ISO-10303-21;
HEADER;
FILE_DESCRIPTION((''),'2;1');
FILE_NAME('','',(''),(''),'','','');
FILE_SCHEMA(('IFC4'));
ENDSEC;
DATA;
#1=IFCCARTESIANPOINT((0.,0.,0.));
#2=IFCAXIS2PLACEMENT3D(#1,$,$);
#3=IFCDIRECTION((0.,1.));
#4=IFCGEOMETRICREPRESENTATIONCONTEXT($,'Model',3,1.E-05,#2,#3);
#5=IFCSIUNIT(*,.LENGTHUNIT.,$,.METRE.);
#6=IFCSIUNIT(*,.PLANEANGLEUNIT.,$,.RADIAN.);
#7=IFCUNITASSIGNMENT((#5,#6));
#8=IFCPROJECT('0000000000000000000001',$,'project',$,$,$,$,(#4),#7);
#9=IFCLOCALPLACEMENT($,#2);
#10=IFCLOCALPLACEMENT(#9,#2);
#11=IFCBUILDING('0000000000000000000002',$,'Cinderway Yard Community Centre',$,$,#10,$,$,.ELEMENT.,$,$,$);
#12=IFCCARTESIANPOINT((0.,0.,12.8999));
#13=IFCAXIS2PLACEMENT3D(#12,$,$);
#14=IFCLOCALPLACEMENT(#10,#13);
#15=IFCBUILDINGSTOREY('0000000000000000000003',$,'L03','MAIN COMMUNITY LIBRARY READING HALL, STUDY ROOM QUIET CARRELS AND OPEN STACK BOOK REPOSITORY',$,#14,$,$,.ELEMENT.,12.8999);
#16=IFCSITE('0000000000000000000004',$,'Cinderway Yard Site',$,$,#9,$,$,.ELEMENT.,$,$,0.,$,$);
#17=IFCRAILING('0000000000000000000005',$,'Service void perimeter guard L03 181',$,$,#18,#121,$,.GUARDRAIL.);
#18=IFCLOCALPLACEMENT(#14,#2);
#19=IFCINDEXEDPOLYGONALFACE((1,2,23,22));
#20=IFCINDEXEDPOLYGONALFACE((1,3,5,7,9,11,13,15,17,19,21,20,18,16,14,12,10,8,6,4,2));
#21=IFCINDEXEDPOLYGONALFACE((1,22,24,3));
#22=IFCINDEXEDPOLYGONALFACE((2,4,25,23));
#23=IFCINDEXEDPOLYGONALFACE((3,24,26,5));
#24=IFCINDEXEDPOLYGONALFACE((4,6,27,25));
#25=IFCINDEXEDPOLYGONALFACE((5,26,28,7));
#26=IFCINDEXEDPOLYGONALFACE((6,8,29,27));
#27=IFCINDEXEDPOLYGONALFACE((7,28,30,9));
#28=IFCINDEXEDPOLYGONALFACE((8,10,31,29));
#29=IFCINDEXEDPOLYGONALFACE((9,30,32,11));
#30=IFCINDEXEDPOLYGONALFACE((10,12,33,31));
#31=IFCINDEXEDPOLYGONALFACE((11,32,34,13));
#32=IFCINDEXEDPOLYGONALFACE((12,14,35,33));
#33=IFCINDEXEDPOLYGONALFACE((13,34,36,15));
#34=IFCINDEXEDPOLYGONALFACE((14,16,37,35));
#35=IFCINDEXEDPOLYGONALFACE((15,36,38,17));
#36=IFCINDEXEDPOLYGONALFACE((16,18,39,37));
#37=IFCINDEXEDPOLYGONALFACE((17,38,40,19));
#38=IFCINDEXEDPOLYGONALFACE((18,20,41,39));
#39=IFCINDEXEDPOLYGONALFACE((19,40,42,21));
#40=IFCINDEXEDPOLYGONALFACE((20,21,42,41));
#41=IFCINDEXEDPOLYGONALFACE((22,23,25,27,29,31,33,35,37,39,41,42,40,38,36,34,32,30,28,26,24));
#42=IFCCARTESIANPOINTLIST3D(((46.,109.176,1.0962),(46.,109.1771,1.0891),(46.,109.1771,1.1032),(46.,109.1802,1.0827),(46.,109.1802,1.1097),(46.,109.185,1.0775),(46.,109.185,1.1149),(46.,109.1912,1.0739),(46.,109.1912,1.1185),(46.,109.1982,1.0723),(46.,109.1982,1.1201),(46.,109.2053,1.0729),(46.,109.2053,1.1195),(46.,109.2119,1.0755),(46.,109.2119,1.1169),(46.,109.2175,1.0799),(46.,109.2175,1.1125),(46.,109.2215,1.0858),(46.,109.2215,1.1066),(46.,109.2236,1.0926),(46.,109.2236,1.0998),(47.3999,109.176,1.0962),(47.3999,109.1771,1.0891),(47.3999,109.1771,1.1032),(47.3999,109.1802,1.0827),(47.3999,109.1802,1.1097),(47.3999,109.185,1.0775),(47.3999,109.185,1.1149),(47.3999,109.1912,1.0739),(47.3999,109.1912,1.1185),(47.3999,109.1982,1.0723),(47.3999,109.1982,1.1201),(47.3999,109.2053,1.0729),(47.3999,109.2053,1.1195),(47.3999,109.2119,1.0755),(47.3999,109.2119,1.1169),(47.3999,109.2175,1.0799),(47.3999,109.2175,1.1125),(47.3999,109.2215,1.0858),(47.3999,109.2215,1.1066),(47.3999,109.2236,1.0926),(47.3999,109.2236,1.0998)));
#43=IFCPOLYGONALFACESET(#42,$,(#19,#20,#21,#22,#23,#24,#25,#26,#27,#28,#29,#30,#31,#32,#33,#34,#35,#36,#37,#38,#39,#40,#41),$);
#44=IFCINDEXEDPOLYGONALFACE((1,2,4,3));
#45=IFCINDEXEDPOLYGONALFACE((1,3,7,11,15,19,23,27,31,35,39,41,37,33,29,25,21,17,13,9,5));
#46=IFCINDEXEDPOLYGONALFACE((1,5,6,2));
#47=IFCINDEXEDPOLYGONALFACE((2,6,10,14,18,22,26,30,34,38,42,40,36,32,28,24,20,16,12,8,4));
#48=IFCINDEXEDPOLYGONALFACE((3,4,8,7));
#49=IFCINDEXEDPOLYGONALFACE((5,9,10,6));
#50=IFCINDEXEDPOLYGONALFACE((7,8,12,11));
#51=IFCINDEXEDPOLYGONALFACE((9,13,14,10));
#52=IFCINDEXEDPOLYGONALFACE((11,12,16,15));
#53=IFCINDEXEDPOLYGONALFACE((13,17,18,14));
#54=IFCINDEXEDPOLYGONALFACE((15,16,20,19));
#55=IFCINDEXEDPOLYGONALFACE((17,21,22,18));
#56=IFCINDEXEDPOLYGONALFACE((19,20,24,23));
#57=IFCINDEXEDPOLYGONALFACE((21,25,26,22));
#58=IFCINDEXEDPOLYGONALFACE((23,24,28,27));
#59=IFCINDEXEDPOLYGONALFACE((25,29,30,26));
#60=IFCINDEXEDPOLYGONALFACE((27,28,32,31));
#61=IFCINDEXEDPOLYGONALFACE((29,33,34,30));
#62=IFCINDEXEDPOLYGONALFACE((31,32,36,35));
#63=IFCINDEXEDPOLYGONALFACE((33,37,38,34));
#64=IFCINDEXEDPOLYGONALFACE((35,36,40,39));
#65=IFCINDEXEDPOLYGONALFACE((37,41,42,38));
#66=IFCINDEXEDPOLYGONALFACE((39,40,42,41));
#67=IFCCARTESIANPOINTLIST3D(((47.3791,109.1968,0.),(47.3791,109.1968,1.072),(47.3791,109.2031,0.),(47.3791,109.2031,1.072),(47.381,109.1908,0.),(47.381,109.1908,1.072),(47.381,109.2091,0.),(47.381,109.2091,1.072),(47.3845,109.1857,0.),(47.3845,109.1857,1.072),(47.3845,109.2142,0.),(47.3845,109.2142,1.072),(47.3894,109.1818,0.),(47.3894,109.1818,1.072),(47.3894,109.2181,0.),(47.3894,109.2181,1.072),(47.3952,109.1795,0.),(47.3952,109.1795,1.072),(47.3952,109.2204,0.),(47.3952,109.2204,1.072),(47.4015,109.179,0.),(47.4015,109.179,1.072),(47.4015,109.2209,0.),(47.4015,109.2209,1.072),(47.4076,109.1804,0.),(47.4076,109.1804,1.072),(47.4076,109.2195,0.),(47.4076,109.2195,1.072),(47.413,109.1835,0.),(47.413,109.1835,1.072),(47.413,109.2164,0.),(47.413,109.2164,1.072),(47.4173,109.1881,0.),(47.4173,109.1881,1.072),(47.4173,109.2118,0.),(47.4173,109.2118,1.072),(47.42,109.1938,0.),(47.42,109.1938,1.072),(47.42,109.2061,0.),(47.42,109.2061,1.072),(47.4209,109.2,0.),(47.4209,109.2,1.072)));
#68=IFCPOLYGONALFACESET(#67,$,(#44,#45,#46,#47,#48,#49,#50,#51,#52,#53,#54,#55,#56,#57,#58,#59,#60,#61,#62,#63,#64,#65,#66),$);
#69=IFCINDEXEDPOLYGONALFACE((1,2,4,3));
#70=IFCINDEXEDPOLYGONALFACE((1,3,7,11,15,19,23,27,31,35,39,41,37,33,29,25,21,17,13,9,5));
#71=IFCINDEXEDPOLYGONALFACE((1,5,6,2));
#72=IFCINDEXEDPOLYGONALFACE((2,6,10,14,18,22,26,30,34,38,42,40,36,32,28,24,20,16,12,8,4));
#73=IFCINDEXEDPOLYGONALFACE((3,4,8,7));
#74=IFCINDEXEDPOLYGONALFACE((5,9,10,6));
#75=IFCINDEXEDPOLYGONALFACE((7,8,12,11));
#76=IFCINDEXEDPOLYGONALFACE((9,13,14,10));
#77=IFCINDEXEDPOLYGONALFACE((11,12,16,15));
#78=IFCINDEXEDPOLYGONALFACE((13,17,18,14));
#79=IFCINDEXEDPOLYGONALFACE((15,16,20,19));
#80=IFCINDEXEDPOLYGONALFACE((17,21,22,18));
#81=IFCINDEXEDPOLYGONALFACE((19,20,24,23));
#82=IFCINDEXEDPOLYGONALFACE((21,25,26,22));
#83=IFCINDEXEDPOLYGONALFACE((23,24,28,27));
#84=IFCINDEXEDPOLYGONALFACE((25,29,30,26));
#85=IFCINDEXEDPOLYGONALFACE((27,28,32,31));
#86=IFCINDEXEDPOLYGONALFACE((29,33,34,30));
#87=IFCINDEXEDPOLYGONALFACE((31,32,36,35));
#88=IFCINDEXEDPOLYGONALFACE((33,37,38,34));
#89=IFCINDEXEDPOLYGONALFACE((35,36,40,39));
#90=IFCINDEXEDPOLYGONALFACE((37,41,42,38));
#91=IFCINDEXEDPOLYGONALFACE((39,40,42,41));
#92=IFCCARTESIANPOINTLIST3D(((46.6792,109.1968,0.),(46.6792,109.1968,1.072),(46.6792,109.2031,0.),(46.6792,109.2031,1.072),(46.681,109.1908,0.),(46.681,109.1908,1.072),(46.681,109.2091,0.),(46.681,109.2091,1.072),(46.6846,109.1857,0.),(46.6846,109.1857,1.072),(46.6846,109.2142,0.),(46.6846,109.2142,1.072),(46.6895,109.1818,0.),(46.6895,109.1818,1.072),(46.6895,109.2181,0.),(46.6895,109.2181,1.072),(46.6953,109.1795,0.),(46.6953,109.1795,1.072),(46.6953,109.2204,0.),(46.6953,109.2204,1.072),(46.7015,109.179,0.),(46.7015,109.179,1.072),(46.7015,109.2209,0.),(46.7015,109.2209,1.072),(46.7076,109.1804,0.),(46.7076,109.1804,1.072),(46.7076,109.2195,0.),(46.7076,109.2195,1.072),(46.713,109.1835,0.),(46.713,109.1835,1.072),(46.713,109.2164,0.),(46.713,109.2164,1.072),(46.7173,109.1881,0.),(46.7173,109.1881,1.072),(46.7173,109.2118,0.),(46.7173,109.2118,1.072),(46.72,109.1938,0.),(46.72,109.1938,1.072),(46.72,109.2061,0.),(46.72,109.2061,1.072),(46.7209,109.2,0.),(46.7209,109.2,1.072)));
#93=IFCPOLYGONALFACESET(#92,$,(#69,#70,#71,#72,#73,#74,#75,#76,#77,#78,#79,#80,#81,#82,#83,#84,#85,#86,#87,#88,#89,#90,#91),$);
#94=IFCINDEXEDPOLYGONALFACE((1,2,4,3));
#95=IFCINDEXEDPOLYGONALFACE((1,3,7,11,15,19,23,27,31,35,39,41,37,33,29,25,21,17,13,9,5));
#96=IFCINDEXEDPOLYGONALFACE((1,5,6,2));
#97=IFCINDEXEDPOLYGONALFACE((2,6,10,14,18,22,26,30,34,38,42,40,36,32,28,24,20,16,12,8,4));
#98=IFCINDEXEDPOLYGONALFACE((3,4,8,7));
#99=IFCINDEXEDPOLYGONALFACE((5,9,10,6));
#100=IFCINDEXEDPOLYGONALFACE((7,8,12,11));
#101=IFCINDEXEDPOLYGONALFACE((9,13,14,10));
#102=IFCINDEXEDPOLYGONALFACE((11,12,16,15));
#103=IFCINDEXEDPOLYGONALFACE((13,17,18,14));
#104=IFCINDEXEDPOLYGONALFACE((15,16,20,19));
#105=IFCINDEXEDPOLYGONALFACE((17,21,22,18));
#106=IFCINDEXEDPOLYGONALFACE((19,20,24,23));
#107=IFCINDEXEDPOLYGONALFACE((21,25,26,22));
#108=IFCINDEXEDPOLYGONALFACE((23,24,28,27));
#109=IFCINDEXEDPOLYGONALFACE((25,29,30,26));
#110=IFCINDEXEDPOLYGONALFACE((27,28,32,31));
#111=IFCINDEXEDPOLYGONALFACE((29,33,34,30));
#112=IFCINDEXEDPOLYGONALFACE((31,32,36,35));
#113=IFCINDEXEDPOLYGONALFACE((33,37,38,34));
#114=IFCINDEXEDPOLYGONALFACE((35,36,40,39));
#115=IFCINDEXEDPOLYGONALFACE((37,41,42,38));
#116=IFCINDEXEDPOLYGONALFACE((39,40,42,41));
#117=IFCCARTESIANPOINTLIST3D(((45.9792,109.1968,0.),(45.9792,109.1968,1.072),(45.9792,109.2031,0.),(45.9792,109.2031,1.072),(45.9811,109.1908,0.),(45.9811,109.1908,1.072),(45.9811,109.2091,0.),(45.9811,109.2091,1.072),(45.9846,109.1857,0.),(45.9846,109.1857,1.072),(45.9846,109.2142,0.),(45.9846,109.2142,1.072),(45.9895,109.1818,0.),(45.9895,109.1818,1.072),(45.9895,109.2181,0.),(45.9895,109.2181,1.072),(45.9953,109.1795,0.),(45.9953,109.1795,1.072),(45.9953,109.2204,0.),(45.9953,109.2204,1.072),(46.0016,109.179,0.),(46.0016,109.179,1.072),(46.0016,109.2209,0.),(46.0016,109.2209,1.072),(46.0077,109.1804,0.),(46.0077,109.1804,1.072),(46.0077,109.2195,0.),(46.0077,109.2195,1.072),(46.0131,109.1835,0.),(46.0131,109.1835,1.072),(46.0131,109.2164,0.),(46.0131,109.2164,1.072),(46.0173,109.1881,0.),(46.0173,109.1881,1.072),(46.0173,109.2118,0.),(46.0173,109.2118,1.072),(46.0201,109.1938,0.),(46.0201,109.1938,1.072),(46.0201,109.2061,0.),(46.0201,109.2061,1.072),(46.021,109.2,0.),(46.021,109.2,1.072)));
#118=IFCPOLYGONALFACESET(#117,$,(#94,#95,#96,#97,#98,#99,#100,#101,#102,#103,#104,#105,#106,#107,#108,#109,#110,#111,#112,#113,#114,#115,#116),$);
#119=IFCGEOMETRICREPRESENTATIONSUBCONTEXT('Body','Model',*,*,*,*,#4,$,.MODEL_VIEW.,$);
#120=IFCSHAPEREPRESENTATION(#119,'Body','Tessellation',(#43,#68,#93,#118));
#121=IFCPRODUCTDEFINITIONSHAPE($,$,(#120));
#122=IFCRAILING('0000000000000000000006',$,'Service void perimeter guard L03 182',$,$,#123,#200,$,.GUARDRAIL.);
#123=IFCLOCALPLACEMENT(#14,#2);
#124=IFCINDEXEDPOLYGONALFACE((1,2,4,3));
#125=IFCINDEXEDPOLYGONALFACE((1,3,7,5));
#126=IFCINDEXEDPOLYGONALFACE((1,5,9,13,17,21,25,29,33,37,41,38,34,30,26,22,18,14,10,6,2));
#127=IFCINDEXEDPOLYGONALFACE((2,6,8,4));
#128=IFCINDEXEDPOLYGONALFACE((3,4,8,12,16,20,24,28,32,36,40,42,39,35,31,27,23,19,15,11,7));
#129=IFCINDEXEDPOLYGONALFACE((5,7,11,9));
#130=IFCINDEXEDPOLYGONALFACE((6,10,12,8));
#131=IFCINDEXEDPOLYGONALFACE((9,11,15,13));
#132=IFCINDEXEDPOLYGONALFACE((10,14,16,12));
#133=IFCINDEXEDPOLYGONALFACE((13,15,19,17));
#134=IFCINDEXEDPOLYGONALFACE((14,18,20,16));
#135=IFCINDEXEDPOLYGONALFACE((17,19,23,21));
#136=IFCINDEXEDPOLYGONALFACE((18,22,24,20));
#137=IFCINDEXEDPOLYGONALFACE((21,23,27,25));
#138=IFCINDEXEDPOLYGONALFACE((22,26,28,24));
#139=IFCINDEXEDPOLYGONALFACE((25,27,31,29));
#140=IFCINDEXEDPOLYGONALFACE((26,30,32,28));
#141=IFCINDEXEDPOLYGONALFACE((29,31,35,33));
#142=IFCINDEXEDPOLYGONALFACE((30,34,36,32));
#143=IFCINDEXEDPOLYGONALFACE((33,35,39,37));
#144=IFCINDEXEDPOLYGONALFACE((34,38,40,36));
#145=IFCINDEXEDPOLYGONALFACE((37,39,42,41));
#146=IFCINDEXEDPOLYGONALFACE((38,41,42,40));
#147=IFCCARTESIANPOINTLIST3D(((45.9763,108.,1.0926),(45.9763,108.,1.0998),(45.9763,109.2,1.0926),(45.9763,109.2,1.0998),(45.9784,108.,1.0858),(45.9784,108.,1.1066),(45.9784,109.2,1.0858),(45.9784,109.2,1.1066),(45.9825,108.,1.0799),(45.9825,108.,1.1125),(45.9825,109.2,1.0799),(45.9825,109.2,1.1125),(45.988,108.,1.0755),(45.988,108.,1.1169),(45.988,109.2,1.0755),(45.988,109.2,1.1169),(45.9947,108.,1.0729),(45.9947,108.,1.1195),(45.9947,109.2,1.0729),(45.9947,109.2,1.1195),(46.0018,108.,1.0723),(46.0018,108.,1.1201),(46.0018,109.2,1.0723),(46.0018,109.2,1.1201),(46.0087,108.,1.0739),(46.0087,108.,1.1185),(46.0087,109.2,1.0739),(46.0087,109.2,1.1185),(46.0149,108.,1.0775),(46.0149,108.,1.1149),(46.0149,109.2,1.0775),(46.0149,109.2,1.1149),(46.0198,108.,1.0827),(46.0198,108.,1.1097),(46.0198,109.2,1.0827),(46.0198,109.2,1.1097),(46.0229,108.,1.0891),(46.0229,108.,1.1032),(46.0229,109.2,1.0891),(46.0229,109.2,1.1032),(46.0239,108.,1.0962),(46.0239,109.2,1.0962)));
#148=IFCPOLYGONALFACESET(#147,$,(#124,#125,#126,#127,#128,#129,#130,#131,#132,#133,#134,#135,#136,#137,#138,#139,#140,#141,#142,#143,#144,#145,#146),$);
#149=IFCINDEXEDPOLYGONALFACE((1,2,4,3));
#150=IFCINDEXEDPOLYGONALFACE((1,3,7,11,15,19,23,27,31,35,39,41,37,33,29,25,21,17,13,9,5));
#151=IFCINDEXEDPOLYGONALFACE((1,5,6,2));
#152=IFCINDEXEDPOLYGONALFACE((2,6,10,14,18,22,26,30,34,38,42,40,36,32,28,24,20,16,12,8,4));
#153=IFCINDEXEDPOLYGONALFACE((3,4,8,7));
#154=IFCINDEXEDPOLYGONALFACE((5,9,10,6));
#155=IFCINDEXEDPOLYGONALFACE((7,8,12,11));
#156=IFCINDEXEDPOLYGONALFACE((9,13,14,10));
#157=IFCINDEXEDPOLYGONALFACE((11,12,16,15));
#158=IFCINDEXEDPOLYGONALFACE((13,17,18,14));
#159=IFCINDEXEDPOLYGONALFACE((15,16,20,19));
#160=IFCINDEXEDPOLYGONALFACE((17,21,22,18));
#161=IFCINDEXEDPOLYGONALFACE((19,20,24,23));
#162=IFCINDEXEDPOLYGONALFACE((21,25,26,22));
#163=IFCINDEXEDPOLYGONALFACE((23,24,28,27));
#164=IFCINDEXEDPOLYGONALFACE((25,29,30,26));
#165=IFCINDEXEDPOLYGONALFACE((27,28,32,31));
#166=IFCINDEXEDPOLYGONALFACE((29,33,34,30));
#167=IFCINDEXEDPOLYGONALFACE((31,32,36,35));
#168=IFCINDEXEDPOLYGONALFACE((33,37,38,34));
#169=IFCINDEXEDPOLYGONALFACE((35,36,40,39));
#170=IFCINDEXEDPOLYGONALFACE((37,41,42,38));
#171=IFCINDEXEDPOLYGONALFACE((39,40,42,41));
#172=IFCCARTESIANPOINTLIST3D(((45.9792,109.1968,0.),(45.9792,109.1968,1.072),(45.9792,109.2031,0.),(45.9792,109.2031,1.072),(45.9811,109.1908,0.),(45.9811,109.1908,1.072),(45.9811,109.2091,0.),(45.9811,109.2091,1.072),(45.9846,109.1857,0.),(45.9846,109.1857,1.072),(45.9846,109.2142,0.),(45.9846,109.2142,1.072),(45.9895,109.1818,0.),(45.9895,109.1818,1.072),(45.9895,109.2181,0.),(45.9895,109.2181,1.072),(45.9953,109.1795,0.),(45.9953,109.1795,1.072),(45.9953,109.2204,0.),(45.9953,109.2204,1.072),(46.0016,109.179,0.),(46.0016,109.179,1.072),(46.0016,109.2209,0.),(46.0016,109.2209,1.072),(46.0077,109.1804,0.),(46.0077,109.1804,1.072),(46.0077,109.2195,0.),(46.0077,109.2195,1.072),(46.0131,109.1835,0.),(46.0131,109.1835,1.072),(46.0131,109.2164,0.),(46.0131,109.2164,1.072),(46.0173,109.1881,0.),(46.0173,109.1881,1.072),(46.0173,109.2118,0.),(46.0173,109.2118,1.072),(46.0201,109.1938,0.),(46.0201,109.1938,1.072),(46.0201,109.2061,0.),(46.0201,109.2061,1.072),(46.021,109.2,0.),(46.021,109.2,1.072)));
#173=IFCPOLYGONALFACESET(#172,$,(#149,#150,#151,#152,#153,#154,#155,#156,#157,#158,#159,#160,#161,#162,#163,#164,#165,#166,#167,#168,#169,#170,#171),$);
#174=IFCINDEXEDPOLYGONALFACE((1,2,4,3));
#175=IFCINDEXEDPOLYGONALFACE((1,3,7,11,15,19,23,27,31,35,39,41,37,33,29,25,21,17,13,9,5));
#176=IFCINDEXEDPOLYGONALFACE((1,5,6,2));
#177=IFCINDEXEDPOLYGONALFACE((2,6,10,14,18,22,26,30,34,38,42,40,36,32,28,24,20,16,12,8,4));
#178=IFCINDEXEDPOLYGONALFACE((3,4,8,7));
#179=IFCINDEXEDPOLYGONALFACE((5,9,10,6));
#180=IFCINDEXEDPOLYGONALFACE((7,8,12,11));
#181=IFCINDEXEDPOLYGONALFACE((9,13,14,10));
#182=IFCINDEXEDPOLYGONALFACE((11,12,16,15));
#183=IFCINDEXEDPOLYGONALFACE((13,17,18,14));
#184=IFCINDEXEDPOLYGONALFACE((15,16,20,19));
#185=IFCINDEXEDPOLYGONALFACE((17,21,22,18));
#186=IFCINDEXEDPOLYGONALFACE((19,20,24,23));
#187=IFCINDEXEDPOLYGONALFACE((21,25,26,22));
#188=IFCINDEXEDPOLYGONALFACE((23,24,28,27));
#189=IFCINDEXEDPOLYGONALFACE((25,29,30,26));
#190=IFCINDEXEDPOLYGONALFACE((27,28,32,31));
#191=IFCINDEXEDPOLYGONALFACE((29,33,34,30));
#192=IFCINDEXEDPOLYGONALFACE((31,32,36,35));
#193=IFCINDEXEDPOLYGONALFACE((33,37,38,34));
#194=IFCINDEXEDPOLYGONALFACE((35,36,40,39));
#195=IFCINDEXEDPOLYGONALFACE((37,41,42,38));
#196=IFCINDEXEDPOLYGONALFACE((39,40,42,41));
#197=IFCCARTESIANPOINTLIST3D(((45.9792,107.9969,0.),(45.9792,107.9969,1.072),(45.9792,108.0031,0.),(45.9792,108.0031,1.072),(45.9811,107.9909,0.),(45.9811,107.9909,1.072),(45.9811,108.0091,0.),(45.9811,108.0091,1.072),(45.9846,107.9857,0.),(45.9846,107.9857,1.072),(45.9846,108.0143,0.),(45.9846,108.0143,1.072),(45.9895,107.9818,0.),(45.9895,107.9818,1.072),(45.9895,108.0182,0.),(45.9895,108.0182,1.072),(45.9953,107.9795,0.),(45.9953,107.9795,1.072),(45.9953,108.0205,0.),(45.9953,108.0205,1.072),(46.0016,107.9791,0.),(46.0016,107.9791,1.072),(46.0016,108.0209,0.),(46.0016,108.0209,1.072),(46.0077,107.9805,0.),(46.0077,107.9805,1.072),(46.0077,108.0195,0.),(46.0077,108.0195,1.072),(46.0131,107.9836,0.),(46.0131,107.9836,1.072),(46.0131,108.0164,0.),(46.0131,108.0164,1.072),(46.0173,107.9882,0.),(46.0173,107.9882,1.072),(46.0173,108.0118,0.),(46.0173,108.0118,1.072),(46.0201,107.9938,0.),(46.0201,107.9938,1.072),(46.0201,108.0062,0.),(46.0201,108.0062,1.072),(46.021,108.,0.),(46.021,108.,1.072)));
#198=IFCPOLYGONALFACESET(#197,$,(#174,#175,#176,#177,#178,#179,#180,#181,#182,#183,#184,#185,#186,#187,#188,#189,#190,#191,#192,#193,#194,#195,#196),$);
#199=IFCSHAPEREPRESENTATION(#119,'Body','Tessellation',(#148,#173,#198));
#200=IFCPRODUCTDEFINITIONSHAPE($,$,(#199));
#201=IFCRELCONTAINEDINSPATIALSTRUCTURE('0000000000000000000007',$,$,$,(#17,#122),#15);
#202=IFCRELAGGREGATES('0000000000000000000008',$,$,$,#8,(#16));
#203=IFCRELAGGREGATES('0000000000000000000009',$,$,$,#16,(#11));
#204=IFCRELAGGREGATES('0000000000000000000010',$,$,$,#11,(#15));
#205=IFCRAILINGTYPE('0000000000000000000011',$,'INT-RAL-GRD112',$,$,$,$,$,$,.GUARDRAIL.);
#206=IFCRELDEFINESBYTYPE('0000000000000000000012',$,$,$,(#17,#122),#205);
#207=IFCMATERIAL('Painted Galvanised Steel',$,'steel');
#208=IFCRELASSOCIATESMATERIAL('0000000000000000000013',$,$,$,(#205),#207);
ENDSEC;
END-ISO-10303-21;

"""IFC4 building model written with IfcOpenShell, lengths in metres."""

from ifc_helpers import new_model, si_unit, direction, frame, origin, origin_2d, place, context, subcontext, project, spatial, circle, extrude, material, type_object, element, save


model = new_model("IFC4")

# Units and contexts
model_context = context("Model", 3, precision=1e-05, world=origin(), true_north=direction((0.0, 1.0)))
body_context = subcontext(model_context, "Body", "Model", "MODEL_VIEW")
ifc_project = project(units=[si_unit("LENGTHUNIT", "METRE"), si_unit("PLANEANGLEUNIT", "RADIAN")], contexts=[model_context])

# Site, building, storey
site_placement = place(None, origin())
site = spatial("IfcSite", under=ifc_project, at=site_placement, Name="Cinderway Yard Site", CompositionType="ELEMENT", RefElevation=0.0)
building_placement = place(site_placement, origin())
building = spatial("IfcBuilding", under=site, at=building_placement, Name="Cinderway Yard Community Centre", CompositionType="ELEMENT")
storey_placement = place(building_placement, frame((0.0, 0.0, 12.8999)))
storey = spatial("IfcBuildingStorey", under=building, at=storey_placement, Name="L03", Description="MAIN COMMUNITY LIBRARY READING HALL, STUDY ROOM QUIET CARRELS AND OPEN STACK BOOK REPOSITORY", CompositionType="ELEMENT", Elevation=12.8999)

# Railings
ifc_material_1 = material(Name="Painted Galvanised Steel", Category="steel")
railing_type = type_object("IfcRailingType", Name="INT-RAL-GRD112", PredefinedType="GUARDRAIL", material=ifc_material_1)
railing_1_placement = place(storey_placement, frame((47.3999, 109.2, 0.0)))
element("IfcRailing", 1, at=railing_1_placement, inside=storey, type_object=railing_type, Name="Service void perimeter guard L03 181", PredefinedType="GUARDRAIL", context=body_context, shape_type="SweptSolid", body=[
    extrude(circle(Radius=0.0239, at=origin_2d()), frame((0.0, 0.0, 1.0962), z_axis=(-1.0, 0.0, 0.0), x_axis=(0.0, -1.0, 0.0)), (0.0, 0.0, 1.0), 1.3999),
    extrude(circle(Radius=0.021, at=origin_2d()), origin(), (0.0, 0.0, 1.0), 1.072),
    extrude(circle(Radius=0.021, at=origin_2d()), frame((-0.7, 0.0, 0.0)), (0.0, 0.0, 1.0), 1.072),
    extrude(circle(Radius=0.021, at=origin_2d()), frame((-1.3999, 0.0, 0.0)), (0.0, 0.0, 1.0), 1.072),
])
railing_2_placement = place(storey_placement, frame((46.0, 109.2, 0.0)))
element("IfcRailing", 2, at=railing_2_placement, inside=storey, type_object=railing_type, Name="Service void perimeter guard L03 182", PredefinedType="GUARDRAIL", context=body_context, shape_type="SweptSolid", body=[
    extrude(circle(Radius=0.0239, at=origin_2d()), frame((0.0, 0.0, 1.0962), z_axis=(0.0, -1.0, 0.0), x_axis=(1.0, 0.0, 0.0)), (0.0, 0.0, 1.0), 1.2),
    extrude(circle(Radius=0.021, at=origin_2d()), origin(), (0.0, 0.0, 1.0), 1.072),
    extrude(circle(Radius=0.021, at=origin_2d()), frame((0.0, -1.2, 0.0)), (0.0, 0.0, 1.0), 1.072),
])

save(model, "model.ifc")
